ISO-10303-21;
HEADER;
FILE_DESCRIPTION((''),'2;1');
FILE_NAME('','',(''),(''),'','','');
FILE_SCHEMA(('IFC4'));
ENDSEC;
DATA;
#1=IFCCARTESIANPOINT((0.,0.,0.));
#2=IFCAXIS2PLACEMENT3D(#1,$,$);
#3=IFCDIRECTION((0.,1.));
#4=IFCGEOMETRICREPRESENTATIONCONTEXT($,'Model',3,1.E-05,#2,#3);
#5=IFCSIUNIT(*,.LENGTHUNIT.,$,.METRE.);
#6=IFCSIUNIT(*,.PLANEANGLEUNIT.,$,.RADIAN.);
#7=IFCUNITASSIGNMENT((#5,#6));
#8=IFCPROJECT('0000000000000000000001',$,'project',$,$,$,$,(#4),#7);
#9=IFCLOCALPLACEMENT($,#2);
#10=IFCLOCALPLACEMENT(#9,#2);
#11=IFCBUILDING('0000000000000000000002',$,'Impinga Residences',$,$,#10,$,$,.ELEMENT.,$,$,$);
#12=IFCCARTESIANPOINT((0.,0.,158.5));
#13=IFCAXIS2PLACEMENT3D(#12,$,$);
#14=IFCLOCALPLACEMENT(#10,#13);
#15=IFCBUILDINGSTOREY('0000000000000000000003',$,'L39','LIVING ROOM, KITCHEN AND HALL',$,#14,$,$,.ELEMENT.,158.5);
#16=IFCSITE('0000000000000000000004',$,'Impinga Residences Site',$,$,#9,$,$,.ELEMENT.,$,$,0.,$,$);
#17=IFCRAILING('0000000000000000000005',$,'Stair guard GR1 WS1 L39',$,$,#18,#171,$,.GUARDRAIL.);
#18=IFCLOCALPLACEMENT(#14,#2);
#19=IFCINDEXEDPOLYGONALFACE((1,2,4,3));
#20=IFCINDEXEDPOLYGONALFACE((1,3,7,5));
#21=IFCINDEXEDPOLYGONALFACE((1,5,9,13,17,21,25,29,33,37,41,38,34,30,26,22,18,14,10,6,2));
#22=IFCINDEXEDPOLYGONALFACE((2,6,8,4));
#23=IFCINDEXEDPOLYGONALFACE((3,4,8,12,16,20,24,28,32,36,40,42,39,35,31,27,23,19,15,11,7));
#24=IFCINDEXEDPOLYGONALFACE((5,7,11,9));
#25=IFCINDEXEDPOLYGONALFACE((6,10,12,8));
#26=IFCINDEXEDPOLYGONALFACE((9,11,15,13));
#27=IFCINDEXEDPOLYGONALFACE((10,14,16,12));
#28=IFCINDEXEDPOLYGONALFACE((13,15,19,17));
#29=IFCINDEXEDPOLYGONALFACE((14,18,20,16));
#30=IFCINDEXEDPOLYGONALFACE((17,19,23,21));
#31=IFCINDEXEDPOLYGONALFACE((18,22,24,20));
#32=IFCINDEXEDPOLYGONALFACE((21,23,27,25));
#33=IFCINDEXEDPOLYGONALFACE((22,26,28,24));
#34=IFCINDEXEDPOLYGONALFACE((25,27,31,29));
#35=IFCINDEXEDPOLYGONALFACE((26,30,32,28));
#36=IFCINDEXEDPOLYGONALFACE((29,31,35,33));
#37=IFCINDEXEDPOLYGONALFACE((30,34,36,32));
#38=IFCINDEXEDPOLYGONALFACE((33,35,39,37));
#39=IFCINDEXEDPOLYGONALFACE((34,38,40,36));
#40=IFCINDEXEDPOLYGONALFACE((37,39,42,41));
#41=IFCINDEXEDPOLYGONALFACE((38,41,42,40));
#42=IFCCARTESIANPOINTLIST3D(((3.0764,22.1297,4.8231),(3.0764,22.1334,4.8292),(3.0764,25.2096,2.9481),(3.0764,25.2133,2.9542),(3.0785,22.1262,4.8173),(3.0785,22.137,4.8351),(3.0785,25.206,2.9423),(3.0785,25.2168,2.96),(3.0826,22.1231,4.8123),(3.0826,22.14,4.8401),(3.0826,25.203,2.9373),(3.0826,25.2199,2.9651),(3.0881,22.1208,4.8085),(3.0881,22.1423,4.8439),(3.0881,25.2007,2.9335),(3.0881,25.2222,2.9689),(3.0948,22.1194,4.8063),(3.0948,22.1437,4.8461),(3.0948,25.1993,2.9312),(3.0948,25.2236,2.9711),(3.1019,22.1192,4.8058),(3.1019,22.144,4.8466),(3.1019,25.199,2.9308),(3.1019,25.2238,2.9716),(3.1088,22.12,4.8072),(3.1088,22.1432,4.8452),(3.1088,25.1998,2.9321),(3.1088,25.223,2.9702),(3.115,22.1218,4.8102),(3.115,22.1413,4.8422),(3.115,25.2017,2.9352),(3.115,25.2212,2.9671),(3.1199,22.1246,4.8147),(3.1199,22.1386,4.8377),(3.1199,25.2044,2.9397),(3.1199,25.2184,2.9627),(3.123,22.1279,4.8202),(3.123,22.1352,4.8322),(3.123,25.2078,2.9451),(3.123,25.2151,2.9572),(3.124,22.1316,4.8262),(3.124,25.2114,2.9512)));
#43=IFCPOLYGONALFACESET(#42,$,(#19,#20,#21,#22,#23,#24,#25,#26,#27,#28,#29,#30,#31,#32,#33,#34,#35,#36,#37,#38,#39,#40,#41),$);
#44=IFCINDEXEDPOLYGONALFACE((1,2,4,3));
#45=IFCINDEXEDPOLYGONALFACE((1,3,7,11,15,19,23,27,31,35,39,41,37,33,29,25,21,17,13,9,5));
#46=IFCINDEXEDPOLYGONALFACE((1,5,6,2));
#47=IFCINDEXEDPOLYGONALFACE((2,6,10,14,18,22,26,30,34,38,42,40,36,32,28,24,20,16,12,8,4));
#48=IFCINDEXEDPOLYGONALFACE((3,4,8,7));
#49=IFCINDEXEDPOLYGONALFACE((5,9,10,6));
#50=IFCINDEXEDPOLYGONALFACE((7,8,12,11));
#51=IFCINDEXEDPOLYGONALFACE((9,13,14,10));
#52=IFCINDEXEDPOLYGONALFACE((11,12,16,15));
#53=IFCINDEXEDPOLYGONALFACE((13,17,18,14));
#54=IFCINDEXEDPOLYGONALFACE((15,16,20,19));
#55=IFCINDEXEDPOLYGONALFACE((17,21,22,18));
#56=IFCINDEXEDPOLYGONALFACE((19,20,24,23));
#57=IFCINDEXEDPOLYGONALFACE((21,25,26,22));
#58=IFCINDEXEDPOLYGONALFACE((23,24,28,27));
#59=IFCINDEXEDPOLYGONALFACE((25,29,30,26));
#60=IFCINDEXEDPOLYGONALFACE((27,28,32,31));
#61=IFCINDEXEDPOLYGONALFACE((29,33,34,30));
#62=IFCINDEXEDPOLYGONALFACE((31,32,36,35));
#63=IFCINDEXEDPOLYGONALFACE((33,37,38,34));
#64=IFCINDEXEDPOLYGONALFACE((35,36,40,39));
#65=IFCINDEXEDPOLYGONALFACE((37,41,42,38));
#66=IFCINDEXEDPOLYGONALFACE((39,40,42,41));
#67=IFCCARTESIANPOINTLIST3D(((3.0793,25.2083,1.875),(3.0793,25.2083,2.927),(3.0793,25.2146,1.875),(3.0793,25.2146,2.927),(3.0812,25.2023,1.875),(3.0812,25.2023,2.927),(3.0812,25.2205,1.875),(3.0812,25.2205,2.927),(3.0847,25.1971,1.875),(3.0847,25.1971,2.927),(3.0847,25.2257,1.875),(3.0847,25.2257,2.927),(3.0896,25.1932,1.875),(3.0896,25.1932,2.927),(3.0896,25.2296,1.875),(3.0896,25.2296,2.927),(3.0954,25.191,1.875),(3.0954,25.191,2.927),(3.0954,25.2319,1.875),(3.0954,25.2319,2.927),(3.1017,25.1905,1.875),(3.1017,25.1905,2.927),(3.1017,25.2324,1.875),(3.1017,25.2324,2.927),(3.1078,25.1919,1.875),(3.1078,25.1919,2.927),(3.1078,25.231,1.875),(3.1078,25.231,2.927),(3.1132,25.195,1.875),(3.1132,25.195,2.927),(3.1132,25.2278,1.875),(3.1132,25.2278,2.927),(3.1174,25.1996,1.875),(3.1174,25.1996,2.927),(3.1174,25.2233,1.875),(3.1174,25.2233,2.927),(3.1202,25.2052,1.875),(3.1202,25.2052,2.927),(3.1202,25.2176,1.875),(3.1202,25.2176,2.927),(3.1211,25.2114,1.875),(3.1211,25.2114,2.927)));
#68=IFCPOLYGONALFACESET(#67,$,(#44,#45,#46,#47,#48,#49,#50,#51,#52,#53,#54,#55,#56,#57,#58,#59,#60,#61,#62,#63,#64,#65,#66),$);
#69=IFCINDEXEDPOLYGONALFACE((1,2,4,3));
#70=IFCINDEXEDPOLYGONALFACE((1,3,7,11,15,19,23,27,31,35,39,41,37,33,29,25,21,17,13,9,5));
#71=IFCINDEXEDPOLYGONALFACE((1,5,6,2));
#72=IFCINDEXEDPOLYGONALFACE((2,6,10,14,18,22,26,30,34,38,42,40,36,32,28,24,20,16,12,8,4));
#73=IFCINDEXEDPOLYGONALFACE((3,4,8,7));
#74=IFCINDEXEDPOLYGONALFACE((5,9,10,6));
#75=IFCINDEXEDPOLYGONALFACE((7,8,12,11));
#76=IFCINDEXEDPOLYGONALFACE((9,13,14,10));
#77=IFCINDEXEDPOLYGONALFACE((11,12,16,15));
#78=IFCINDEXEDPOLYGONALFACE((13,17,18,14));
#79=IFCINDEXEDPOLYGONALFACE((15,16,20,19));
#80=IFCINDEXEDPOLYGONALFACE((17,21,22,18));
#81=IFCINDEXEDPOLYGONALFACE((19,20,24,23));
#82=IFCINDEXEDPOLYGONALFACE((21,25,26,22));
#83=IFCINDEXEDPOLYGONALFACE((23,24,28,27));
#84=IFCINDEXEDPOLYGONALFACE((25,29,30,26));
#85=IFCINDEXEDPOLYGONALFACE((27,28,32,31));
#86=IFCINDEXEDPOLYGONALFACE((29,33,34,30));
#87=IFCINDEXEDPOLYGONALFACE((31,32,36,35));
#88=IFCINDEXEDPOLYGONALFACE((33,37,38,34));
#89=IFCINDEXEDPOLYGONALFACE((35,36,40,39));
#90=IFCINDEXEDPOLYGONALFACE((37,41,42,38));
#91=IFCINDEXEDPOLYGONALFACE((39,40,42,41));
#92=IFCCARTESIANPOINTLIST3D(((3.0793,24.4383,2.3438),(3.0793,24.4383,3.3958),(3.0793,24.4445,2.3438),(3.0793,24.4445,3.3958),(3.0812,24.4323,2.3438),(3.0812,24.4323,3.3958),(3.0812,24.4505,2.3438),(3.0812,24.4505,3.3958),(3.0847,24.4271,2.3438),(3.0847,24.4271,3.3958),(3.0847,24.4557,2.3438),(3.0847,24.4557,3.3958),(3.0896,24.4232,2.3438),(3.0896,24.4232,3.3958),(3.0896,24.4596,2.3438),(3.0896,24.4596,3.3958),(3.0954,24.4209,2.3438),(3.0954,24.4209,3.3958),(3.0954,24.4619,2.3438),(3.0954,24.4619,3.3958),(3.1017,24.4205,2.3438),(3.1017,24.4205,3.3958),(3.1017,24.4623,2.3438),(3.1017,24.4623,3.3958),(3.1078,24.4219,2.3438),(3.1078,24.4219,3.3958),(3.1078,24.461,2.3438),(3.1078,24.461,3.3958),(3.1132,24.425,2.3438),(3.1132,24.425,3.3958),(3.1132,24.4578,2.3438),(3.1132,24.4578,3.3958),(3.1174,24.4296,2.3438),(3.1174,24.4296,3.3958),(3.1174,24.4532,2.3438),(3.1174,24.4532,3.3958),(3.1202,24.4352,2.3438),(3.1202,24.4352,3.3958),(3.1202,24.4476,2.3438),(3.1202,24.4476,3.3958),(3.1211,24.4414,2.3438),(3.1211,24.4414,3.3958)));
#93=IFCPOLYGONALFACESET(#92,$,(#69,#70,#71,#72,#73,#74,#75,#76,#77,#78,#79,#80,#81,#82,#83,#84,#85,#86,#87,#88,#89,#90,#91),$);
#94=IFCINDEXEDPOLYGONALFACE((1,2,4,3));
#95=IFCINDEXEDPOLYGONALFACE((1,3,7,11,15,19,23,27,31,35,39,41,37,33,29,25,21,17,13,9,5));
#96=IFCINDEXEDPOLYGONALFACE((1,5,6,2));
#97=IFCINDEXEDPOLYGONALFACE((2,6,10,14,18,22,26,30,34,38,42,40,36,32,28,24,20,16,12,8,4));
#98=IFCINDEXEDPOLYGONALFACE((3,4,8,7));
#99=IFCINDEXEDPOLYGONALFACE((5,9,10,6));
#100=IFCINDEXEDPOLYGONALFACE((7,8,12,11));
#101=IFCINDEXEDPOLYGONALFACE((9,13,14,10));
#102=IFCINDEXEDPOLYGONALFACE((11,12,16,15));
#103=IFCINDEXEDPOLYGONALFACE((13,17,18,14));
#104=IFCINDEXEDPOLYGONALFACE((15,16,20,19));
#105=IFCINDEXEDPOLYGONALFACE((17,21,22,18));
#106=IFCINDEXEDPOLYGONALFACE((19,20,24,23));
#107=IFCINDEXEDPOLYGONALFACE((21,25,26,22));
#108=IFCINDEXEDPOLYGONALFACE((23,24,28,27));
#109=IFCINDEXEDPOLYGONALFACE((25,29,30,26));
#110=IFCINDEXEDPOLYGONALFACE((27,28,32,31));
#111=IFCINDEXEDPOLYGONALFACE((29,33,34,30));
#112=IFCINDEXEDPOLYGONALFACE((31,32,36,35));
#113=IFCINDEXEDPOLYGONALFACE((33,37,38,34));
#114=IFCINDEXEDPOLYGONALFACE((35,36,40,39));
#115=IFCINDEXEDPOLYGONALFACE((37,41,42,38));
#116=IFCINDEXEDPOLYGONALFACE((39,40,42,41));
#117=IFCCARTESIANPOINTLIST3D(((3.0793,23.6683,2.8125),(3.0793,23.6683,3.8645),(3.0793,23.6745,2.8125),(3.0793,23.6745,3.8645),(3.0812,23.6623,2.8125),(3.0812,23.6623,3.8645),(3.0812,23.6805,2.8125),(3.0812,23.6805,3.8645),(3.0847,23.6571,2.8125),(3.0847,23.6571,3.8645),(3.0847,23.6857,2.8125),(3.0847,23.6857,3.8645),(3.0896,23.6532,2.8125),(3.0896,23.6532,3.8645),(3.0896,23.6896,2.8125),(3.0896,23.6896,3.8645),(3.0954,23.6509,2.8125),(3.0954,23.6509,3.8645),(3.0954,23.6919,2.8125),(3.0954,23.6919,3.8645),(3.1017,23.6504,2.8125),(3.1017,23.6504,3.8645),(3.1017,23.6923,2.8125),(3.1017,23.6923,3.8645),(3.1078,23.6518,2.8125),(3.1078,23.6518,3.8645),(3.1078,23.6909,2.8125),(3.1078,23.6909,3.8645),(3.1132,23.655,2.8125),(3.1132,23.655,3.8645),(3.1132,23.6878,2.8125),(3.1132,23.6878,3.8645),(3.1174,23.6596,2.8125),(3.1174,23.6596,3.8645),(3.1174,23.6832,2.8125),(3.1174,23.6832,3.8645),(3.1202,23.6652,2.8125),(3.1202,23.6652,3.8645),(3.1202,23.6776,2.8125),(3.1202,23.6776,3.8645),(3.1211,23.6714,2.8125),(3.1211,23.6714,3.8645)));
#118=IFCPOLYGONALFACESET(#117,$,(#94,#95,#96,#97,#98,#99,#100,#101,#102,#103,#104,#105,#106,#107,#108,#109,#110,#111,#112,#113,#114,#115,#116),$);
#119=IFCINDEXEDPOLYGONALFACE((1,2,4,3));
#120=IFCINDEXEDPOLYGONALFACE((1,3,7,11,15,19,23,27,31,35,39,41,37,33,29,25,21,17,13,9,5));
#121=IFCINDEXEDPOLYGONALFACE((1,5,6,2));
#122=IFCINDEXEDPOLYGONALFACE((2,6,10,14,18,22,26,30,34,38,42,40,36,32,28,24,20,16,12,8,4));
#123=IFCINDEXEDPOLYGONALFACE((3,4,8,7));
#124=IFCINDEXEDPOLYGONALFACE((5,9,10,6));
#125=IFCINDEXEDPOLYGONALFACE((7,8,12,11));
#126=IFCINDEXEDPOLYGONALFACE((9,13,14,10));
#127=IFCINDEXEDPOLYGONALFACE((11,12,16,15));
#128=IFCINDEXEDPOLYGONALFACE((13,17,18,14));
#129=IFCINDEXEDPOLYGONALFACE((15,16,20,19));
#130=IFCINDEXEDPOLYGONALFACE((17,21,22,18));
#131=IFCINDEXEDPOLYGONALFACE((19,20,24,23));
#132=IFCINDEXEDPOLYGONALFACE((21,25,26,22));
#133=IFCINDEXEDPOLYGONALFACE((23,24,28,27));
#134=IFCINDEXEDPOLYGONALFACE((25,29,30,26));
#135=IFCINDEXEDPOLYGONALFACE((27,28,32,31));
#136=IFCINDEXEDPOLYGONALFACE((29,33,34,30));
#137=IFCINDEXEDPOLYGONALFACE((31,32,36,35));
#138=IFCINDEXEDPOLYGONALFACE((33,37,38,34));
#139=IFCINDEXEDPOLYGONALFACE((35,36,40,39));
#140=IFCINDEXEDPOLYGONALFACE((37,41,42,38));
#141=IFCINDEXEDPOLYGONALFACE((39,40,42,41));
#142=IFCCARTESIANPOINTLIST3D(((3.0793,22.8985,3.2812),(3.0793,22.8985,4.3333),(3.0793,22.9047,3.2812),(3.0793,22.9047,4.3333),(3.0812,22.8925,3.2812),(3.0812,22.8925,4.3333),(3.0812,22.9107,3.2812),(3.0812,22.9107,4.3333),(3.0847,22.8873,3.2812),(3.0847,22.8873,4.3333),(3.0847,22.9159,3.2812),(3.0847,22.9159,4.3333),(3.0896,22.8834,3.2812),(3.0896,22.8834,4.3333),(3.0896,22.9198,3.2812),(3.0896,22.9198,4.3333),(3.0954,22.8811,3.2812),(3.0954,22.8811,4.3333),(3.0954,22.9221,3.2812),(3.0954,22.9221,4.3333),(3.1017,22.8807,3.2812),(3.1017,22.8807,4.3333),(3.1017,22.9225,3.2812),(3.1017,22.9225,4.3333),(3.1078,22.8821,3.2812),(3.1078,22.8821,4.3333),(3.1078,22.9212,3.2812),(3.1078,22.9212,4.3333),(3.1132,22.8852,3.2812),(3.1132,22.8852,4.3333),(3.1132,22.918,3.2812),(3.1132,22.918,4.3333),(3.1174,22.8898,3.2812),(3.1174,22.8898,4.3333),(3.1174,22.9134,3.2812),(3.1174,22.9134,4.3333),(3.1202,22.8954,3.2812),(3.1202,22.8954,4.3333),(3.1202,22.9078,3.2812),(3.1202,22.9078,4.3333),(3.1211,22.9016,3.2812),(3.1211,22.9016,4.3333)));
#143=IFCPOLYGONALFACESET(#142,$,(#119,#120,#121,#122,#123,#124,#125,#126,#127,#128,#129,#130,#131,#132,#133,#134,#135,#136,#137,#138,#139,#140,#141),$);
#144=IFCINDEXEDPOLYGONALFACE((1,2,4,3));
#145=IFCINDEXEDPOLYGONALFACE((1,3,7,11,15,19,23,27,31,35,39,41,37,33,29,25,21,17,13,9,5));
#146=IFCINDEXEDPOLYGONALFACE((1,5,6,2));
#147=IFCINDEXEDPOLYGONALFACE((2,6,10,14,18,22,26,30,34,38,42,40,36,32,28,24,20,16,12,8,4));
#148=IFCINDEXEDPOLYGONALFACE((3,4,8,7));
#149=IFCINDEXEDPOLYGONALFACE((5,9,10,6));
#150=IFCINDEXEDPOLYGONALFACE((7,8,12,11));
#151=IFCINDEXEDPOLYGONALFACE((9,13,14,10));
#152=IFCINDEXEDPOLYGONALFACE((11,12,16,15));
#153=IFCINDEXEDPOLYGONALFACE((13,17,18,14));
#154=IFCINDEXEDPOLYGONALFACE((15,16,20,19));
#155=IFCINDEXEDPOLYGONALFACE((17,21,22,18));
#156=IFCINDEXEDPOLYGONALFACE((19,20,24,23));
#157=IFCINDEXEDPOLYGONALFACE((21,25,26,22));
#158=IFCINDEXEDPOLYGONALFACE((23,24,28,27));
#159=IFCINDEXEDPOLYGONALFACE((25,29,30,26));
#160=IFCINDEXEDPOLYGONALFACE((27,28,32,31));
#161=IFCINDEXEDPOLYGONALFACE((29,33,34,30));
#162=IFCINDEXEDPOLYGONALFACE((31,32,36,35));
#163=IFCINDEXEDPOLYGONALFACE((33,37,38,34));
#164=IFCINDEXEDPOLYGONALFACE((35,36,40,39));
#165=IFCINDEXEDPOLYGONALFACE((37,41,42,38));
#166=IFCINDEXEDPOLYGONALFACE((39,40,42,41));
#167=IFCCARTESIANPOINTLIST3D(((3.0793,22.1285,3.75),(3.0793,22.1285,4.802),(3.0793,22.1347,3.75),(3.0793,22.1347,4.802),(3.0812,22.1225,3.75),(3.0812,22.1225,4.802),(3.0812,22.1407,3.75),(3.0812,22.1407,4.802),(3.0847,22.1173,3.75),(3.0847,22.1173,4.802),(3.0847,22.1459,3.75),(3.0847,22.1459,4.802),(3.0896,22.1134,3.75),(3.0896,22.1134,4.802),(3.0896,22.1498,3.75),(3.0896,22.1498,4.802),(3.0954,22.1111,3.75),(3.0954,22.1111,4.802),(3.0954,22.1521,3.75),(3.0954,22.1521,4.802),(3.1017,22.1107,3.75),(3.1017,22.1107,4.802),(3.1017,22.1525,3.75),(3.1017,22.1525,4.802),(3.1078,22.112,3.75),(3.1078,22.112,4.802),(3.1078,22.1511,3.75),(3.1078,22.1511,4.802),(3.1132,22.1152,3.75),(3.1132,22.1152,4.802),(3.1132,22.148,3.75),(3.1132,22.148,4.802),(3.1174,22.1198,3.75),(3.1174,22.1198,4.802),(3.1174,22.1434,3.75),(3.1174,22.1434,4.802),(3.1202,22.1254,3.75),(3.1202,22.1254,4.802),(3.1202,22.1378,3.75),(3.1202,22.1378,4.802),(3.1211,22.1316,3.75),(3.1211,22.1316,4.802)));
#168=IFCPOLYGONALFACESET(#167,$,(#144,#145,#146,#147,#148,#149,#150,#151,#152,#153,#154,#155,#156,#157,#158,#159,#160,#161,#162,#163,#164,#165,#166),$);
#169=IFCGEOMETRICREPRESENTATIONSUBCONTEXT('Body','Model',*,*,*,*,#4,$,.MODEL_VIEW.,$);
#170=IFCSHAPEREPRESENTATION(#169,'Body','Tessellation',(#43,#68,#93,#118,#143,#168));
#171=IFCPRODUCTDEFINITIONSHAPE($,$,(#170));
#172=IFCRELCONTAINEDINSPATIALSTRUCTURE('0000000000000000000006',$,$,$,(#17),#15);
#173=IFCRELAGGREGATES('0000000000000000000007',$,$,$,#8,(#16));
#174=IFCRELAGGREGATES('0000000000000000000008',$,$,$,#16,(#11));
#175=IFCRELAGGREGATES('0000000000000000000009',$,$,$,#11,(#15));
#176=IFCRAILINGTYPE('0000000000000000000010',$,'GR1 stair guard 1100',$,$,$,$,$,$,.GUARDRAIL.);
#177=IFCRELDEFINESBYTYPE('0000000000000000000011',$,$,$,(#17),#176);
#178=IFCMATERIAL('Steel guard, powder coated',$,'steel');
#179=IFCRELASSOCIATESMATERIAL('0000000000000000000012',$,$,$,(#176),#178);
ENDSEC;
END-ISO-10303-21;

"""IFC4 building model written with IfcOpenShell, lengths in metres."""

from ifc_helpers import new_model, si_unit, direction, frame, origin, origin_2d, place, context, subcontext, project, spatial, circle, extrude, material, type_object, element, save


model = new_model("IFC4")

# Units and contexts
model_context = context("Model", 3, precision=1e-05, world=origin(), true_north=direction((0.0, 1.0)))
body_context = subcontext(model_context, "Body", "Model", "MODEL_VIEW")
ifc_project = project(units=[si_unit("LENGTHUNIT", "METRE"), si_unit("PLANEANGLEUNIT", "RADIAN")], contexts=[model_context])

# Site, building, storey
site_placement = place(None, origin())
site = spatial("IfcSite", under=ifc_project, at=site_placement, Name="Impinga Residences Site", CompositionType="ELEMENT", RefElevation=0.0)
building_placement = place(site_placement, origin())
building = spatial("IfcBuilding", under=site, at=building_placement, Name="Impinga Residences", CompositionType="ELEMENT")
storey_placement = place(building_placement, frame((0.0, 0.0, 158.5)))
storey = spatial("IfcBuildingStorey", under=building, at=storey_placement, Name="L39", Description="LIVING ROOM, KITCHEN AND HALL", CompositionType="ELEMENT", Elevation=158.5)

# Railing
ifc_material_1 = material(Name="Steel guard, powder coated", Category="steel")
railing_type_1 = type_object("IfcRailingType", Name="GR1 stair guard 1100", PredefinedType="GUARDRAIL", material=ifc_material_1)
railing_1_placement = place(storey_placement, frame((3.1001, 25.2114, 1.875)))
element("IfcRailing", 1, at=railing_1_placement, inside=storey, type_object=railing_type_1, Name="Stair guard GR1 WS1 L39", PredefinedType="GUARDRAIL", context=body_context, shape_type="SweptSolid", body=[
    extrude(circle(Radius=0.0239, at=origin_2d()), frame((0.0, 0.0, 1.0762), z_axis=(0.0, -0.854159, 0.520011), x_axis=(1.0, 0.0, 0.0)), (0.0, 0.0, 1.0), 3.6057),
    extrude(circle(Radius=0.021, at=origin_2d()), origin(), (0.0, 0.0, 1.0), 1.052),
    extrude(circle(Radius=0.021, at=origin_2d()), frame((0.0, -0.77, 0.4688)), (0.0, 0.0, 1.0), 1.052),
    extrude(circle(Radius=0.021, at=origin_2d()), frame((0.0, -1.54, 0.9375)), (0.0, 0.0, 1.0), 1.052),
    extrude(circle(Radius=0.021, at=origin_2d()), frame((0.0, -2.3098, 1.4062)), (0.0, 0.0, 1.0), 1.052),
    extrude(circle(Radius=0.021, at=origin_2d()), frame((0.0, -3.0798, 1.875)), (0.0, 0.0, 1.0), 1.052),
])

save(model, "model.ifc")
